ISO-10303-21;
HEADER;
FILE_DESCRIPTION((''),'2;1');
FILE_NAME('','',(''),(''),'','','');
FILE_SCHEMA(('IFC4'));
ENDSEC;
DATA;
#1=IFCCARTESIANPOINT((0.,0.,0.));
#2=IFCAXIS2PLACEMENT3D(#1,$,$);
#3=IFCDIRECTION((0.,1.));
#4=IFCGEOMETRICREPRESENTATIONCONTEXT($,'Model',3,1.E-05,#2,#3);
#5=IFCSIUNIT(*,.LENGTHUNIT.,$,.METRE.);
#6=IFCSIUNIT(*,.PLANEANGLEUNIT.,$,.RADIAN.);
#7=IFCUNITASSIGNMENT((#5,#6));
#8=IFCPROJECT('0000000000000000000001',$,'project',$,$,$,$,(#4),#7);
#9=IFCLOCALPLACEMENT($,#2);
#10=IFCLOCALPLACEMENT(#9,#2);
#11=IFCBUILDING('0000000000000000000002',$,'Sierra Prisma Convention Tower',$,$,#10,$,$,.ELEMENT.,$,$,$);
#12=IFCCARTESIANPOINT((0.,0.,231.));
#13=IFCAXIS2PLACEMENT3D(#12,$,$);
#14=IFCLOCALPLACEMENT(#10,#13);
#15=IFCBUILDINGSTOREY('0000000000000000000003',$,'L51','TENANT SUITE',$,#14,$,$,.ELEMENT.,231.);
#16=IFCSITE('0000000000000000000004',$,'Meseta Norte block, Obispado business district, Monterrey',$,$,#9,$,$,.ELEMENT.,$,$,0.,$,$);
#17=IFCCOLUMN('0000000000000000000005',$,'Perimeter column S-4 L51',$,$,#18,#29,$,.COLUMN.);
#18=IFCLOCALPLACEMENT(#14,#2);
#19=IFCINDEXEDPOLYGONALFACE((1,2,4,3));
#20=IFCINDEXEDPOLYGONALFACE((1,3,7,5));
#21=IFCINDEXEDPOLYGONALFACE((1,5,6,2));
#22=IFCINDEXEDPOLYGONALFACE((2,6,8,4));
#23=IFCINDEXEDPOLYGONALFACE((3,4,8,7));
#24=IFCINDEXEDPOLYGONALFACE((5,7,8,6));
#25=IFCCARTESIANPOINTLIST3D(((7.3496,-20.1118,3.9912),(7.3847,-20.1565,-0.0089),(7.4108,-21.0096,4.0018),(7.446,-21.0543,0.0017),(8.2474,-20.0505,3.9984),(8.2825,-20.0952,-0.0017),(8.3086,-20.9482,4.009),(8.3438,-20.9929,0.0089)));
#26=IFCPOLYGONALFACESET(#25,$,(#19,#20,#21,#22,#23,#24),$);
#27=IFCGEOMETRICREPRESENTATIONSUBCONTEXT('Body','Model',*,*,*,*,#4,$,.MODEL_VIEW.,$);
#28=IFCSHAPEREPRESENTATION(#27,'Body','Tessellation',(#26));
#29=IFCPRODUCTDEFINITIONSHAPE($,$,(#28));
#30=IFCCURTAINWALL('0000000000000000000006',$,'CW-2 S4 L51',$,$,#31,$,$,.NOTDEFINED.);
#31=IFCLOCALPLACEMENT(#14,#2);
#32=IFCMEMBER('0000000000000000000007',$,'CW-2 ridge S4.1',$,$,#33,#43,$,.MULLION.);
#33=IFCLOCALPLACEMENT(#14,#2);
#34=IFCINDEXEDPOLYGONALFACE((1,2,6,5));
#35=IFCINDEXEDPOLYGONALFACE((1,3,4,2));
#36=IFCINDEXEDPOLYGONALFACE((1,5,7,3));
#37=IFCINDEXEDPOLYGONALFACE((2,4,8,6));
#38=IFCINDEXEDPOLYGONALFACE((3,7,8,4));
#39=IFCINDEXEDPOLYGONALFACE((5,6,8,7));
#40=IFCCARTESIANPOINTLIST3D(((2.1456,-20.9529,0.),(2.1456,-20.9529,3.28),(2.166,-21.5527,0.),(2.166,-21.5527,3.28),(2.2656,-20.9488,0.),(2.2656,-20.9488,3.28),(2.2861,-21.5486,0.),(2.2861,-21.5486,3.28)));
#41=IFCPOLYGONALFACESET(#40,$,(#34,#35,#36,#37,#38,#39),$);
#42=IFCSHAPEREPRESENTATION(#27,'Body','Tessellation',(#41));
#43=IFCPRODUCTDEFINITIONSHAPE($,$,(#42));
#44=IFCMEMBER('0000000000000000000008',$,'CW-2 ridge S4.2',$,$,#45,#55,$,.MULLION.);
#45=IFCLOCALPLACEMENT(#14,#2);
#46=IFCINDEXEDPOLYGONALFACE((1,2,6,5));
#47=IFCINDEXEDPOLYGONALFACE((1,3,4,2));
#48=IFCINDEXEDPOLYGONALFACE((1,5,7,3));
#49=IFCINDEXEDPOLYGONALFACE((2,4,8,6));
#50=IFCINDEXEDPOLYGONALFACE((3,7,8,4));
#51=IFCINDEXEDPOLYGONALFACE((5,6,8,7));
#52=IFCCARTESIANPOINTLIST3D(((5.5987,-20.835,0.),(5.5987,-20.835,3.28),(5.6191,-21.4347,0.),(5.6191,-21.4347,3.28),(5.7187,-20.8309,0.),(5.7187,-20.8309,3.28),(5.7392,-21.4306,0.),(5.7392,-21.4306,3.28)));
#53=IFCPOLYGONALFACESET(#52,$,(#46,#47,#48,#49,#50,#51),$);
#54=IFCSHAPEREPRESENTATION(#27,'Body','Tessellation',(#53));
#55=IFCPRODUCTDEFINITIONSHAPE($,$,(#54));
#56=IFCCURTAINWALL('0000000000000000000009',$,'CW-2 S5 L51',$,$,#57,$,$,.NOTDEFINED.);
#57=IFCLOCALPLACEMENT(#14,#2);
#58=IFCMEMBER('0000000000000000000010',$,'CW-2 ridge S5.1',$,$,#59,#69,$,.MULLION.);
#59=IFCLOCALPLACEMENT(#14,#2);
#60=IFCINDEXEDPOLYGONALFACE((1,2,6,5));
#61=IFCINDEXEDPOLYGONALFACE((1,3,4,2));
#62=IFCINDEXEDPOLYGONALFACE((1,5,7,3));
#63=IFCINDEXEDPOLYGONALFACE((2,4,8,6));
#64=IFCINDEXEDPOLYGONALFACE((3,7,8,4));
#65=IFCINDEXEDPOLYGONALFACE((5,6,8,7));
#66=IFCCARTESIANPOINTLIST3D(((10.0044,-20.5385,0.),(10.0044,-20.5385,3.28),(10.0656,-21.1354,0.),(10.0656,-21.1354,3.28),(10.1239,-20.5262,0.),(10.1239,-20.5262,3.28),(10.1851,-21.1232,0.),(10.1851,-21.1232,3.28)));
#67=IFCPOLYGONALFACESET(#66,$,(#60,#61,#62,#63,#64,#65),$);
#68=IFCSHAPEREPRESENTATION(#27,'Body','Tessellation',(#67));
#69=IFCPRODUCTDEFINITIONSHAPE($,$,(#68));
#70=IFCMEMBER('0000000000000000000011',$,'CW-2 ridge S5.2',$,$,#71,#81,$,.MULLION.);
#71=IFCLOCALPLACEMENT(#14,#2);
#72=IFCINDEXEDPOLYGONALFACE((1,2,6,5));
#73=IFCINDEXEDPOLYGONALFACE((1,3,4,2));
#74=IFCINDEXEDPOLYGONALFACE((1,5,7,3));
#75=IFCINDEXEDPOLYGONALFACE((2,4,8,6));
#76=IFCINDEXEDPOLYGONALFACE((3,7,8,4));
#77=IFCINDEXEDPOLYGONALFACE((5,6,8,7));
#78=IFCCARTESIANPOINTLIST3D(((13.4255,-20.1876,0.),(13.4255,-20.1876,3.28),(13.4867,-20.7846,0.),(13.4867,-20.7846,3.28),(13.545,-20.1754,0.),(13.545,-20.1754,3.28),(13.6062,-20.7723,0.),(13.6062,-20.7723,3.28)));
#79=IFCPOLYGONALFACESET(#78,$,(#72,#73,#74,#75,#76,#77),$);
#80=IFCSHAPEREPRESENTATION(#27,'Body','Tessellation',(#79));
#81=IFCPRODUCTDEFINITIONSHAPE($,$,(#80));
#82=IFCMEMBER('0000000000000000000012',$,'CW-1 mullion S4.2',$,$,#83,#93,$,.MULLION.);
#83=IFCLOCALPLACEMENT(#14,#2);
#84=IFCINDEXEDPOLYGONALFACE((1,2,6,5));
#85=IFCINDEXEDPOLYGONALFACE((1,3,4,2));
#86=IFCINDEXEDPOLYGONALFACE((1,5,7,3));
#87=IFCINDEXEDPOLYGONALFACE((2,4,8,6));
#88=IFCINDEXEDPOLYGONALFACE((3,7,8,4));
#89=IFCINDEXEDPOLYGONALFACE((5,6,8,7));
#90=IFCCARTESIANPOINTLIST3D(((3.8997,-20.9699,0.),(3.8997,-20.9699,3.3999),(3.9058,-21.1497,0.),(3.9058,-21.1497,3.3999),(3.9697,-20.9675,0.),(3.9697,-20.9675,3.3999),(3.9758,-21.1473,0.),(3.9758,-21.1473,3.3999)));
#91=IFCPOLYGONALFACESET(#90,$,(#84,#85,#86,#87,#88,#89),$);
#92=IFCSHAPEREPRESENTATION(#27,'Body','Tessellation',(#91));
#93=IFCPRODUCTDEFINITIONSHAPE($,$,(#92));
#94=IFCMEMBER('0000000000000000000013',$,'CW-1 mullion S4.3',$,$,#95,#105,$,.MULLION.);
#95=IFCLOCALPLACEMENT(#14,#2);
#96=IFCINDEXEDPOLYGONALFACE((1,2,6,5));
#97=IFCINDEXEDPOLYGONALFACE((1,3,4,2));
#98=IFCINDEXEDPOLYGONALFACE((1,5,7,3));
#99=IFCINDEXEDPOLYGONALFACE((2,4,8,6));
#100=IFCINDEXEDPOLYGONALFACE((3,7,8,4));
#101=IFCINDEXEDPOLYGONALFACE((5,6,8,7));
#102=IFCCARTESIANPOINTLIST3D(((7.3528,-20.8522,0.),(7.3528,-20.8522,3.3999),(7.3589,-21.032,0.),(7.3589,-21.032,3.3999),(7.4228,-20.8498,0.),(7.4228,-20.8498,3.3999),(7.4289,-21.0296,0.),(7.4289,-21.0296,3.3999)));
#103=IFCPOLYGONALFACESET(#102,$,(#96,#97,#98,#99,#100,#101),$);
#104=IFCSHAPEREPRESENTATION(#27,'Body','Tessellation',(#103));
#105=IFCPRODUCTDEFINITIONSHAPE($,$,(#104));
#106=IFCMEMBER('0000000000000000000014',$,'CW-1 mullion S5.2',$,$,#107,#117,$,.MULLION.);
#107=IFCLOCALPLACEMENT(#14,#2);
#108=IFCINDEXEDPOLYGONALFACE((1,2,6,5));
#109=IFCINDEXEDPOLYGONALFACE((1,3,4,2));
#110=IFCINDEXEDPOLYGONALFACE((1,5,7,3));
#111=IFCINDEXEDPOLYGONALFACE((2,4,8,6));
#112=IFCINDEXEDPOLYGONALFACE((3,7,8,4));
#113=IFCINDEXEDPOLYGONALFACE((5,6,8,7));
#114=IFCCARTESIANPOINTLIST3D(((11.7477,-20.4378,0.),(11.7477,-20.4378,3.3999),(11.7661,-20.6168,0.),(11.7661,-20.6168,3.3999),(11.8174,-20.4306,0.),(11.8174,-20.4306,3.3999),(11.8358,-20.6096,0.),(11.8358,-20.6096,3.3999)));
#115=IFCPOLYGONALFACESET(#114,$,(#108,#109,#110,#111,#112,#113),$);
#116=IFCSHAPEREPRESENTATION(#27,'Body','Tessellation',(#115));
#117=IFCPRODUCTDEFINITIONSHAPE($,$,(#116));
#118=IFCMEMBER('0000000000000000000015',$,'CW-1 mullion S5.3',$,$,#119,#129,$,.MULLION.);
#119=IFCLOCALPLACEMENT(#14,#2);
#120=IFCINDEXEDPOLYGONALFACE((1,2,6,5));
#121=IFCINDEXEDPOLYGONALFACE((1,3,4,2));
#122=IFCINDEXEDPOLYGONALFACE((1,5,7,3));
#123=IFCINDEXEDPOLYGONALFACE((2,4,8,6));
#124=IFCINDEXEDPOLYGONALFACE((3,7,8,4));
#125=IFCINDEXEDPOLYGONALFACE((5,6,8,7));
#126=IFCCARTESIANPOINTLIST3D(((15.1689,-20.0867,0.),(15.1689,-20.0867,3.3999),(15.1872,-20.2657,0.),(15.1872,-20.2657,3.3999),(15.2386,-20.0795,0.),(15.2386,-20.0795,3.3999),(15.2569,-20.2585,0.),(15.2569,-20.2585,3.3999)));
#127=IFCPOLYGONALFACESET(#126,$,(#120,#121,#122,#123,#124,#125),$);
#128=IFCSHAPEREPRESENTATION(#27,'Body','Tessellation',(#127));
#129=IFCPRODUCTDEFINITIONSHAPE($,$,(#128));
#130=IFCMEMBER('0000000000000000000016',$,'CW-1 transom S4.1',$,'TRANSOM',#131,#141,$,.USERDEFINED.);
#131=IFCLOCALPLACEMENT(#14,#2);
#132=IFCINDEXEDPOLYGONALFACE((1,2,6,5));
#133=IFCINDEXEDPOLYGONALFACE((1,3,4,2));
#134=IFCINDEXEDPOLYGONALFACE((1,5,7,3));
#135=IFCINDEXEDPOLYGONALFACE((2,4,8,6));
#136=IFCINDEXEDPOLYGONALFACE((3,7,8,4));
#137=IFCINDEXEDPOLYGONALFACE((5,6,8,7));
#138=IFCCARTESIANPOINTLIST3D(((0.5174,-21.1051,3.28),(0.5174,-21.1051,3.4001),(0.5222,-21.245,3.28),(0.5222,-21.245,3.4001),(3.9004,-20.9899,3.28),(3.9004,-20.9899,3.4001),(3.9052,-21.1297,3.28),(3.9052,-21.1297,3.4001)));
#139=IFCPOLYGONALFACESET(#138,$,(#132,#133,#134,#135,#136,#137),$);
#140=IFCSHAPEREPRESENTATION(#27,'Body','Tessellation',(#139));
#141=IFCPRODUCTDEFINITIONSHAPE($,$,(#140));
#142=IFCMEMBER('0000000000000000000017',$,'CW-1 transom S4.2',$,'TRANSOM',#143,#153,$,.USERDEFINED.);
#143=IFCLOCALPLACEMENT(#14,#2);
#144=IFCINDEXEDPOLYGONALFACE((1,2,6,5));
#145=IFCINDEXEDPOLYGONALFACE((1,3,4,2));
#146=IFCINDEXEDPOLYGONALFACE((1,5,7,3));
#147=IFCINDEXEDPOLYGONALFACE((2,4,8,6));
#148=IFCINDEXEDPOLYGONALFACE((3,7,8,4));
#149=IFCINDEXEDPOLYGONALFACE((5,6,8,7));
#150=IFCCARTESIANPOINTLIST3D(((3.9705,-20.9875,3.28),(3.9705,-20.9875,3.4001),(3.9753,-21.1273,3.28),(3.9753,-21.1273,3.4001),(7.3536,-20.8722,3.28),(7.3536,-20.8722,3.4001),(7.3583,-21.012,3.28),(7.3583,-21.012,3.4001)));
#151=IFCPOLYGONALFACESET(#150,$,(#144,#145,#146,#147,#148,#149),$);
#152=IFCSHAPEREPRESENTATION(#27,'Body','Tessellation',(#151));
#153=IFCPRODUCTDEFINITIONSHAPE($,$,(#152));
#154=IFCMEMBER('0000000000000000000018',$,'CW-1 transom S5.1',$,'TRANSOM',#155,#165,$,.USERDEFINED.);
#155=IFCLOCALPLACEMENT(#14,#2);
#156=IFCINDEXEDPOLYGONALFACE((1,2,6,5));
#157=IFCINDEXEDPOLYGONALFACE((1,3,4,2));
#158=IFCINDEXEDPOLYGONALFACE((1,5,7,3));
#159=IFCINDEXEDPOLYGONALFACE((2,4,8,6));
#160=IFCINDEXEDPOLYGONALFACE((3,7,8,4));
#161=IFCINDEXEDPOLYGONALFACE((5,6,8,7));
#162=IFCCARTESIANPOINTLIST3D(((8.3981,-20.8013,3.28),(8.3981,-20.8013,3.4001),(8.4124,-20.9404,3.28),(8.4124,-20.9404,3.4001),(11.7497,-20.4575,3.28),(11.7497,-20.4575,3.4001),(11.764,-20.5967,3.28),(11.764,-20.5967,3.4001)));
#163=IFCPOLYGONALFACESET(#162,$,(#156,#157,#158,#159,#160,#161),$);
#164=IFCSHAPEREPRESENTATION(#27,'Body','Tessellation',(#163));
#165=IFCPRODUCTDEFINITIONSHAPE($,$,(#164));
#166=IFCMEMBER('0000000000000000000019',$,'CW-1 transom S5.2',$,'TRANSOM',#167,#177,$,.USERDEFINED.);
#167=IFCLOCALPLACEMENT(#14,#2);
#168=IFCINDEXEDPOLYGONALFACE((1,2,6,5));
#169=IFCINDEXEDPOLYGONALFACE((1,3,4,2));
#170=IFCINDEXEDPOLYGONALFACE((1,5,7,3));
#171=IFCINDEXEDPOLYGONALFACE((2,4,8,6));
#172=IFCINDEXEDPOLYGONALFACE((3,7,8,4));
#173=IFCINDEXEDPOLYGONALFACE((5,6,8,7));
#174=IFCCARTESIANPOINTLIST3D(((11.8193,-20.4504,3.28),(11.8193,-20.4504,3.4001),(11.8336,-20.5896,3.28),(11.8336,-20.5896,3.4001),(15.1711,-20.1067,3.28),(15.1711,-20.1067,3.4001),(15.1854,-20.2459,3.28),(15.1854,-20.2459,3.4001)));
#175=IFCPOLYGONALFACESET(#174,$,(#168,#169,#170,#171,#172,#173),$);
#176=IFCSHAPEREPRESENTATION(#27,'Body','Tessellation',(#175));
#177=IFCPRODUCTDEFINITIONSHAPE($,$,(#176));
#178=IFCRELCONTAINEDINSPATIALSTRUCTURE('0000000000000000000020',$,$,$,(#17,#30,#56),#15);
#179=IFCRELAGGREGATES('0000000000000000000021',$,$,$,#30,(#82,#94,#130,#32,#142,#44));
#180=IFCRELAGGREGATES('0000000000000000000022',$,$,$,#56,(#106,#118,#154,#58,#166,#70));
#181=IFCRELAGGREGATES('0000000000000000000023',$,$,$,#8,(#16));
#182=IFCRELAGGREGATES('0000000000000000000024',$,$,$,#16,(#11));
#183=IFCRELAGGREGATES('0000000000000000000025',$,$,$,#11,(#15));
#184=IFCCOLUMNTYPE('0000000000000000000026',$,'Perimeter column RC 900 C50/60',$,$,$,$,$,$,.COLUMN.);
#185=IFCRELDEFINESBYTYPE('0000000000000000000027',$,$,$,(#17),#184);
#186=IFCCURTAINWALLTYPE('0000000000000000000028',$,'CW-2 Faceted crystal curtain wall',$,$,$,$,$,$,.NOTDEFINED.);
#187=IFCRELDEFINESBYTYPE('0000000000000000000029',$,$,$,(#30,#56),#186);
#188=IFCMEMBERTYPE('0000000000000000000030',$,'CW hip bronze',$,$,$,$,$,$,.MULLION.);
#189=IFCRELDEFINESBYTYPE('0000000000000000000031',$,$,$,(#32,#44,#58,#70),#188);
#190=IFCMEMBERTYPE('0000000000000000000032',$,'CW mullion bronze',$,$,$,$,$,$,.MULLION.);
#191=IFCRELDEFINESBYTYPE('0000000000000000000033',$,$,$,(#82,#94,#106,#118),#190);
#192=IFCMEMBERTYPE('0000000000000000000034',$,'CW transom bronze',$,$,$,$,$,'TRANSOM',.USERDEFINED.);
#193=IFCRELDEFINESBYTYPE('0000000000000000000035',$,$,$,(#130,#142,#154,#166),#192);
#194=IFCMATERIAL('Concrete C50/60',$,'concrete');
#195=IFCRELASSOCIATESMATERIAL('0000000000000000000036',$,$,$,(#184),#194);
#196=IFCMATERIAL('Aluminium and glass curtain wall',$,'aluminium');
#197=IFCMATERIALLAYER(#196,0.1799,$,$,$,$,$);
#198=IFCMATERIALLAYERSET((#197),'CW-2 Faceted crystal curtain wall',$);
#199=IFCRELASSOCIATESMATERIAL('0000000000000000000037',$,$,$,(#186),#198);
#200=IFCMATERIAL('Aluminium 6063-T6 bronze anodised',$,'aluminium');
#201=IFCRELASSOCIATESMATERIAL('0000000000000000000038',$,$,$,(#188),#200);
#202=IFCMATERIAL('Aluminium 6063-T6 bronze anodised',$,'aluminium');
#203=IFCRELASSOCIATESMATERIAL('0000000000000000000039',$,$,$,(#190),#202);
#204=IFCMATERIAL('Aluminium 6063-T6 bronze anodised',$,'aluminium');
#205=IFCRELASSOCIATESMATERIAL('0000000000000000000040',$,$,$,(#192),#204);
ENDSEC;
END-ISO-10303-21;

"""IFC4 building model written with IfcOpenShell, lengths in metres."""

from ifc_helpers import new_model, si_unit, direction, frame, origin, origin_2d, place, context, subcontext, project, spatial, rectangle, extrude, material, layer, layer_set, material_profile, profile_set, type_object, element, aggregate, save


model = new_model("IFC4")

# Units and contexts
model_context = context("Model", 3, precision=1e-05, world=origin(), true_north=direction((0.0, 1.0)))
body_context = subcontext(model_context, "Body", "Model", "MODEL_VIEW")
ifc_project = project(units=[si_unit("LENGTHUNIT", "METRE"), si_unit("PLANEANGLEUNIT", "RADIAN")], contexts=[model_context])

# Site, building, storey
site_placement = place(None, origin())
site = spatial("IfcSite", under=ifc_project, at=site_placement, Name="Meseta Norte block, Obispado business district, Monterrey", CompositionType="ELEMENT", RefElevation=0.0)
building_placement = place(site_placement, origin())
building = spatial("IfcBuilding", under=site, at=building_placement, Name="Sierra Prisma Convention Tower", CompositionType="ELEMENT")
storey_placement = place(building_placement, frame((0.0, 0.0, 231.0)))
storey = spatial("IfcBuildingStorey", under=building, at=storey_placement, Name="L51", Description="TENANT SUITE", CompositionType="ELEMENT", Elevation=231.0)

# Column
ifc_material_1 = material(Name="Concrete C50/60", Category="concrete")
ifc_material_profile_1 = material_profile(ifc_material_1, rectangle(XDim=0.8999, YDim=0.8999, at=origin_2d()), Name="Perimeter column RC 900 C50/60")
ifc_profile_set_1 = profile_set([ifc_material_profile_1], Name="Concrete C50/60")
column_type = type_object("IfcColumnType", Name="Perimeter column RC 900 C50/60", PredefinedType="COLUMN", material=ifc_profile_set_1)
column_placement = place(storey_placement, frame((7.8643, -20.5747, 0.0), z_axis=(-0.008788, 0.011168, 0.999899), x_axis=(0.997641, 0.068186, 0.008007)))
element("IfcColumn", 1, at=column_placement, inside=storey, type_object=column_type, Name="Perimeter column S-4 L51", PredefinedType="COLUMN", context=body_context, shape_type="SweptSolid", body=[
    extrude(rectangle(XDim=0.8999, YDim=0.8999, at=origin_2d()), origin(), (0.0, 0.0, 1.0), 4.0005),
])

# Curtain walls, members
ifc_material_2 = material(Name="Aluminium and glass curtain wall", Category="aluminium")
ifc_layer_1 = layer(ifc_material_2, 0.1799)
ifc_layer_set_1 = layer_set([ifc_layer_1], Name="CW-2 Faceted crystal curtain wall")
curtain_wall_type = type_object("IfcCurtainWallType", Name="CW-2 Faceted crystal curtain wall", PredefinedType="NOTDEFINED", material=ifc_layer_set_1)
curtain_wall_1_placement = place(storey_placement, origin())
curtain_wall_1 = element("IfcCurtainWall", 2, at=curtain_wall_1_placement, inside=storey, type_object=curtain_wall_type, Name="CW-2 S4 L51", PredefinedType="NOTDEFINED")
ifc_material_3 = material(Name="Aluminium 6063-T6 bronze anodised", Category="aluminium")
ifc_material_profile_2 = material_profile(ifc_material_3, rectangle(XDim=0.1201, YDim=0.6001, at=origin_2d()), Name="ALU RIDGE BLADE 120x600")
ifc_profile_set_2 = profile_set([ifc_material_profile_2], Name="Aluminium 6063-T6 bronze anodised")
member_type_1 = type_object("IfcMemberType", Name="CW hip bronze", PredefinedType="MULLION", material=ifc_profile_set_2)
member_1_placement = place(storey_placement, frame((2.2158, -21.2507, 0.0), z_axis=(0.0, 0.0, 1.0), x_axis=(0.99942, 0.034065, 0.0)))
member_1 = element("IfcMember", 3, at=member_1_placement, type_object=member_type_1, Name="CW-2 ridge S4.1", PredefinedType="MULLION", context=body_context, shape_type="SweptSolid", body=[
    extrude(rectangle(XDim=0.1201, YDim=0.6001, at=origin_2d()), origin(), (0.0, 0.0, 1.0), 3.28),
])
member_2_placement = place(storey_placement, frame((5.6689, -21.1328, 0.0), z_axis=(0.0, 0.0, 1.0), x_axis=(0.99942, 0.034065, 0.0)))
member_2 = element("IfcMember", 4, at=member_2_placement, type_object=member_type_1, Name="CW-2 ridge S4.2", PredefinedType="MULLION", context=body_context, shape_type="SweptSolid", body=[
    extrude(rectangle(XDim=0.1201, YDim=0.6001, at=origin_2d()), origin(), (0.0, 0.0, 1.0), 3.28),
])
curtain_wall_2_placement = place(storey_placement, origin())
curtain_wall_2 = element("IfcCurtainWall", 5, at=curtain_wall_2_placement, inside=storey, type_object=curtain_wall_type, Name="CW-2 S5 L51", PredefinedType="NOTDEFINED")
member_3_placement = place(storey_placement, frame((10.0947, -20.8308, 0.0), z_axis=(0.0, 0.0, 1.0), x_axis=(0.994781, 0.102038, 0.0)))
member_3 = element("IfcMember", 6, at=member_3_placement, type_object=member_type_1, Name="CW-2 ridge S5.1", PredefinedType="MULLION", context=body_context, shape_type="SweptSolid", body=[
    extrude(rectangle(XDim=0.1201, YDim=0.6001, at=origin_2d()), origin(), (0.0, 0.0, 1.0), 3.28),
])
member_4_placement = place(storey_placement, frame((13.5159, -20.48, 0.0), z_axis=(0.0, 0.0, 1.0), x_axis=(0.994781, 0.102038, 0.0)))
member_4 = element("IfcMember", 7, at=member_4_placement, type_object=member_type_1, Name="CW-2 ridge S5.2", PredefinedType="MULLION", context=body_context, shape_type="SweptSolid", body=[
    extrude(rectangle(XDim=0.1201, YDim=0.6001, at=origin_2d()), origin(), (0.0, 0.0, 1.0), 3.28),
])

# Members
ifc_material_4 = material(Name="Aluminium 6063-T6 bronze anodised", Category="aluminium")
ifc_material_profile_3 = material_profile(ifc_material_4, rectangle(XDim=0.1799, YDim=0.0701, at=origin_2d()), Name="ALU MULLION 70x180")
ifc_profile_set_3 = profile_set([ifc_material_profile_3], Name="Aluminium 6063-T6 bronze anodised")
member_type_2 = type_object("IfcMemberType", Name="CW mullion bronze", PredefinedType="MULLION", material=ifc_profile_set_3)
member_5_placement = place(storey_placement, frame((3.9377, -21.0586, 0.0), z_axis=(0.0, 0.0, 1.0), x_axis=(-0.034065, 0.99942, 0.0)))
member_5 = element("IfcMember", 8, at=member_5_placement, type_object=member_type_2, Name="CW-1 mullion S4.2", PredefinedType="MULLION", context=body_context, shape_type="SweptSolid", body=[
    extrude(rectangle(XDim=0.1799, YDim=0.0701, at=origin_2d()), origin(), (0.0, 0.0, 1.0), 3.3999),
])
member_6_placement = place(storey_placement, frame((7.3909, -20.9409, 0.0), z_axis=(0.0, 0.0, 1.0), x_axis=(-0.034065, 0.99942, 0.0)))
member_6 = element("IfcMember", 9, at=member_6_placement, type_object=member_type_2, Name="CW-1 mullion S4.3", PredefinedType="MULLION", context=body_context, shape_type="SweptSolid", body=[
    extrude(rectangle(XDim=0.1799, YDim=0.0701, at=origin_2d()), origin(), (0.0, 0.0, 1.0), 3.3999),
])
member_7_placement = place(storey_placement, frame((11.7917, -20.5237, 0.0), z_axis=(0.0, 0.0, 1.0), x_axis=(-0.102038, 0.994781, 0.0)))
member_7 = element("IfcMember", 10, at=member_7_placement, type_object=member_type_2, Name="CW-1 mullion S5.2", PredefinedType="MULLION", context=body_context, shape_type="SweptSolid", body=[
    extrude(rectangle(XDim=0.1799, YDim=0.0701, at=origin_2d()), origin(), (0.0, 0.0, 1.0), 3.3999),
])
member_8_placement = place(storey_placement, frame((15.2129, -20.1726, 0.0), z_axis=(0.0, 0.0, 1.0), x_axis=(-0.102038, 0.994781, 0.0)))
member_8 = element("IfcMember", 11, at=member_8_placement, type_object=member_type_2, Name="CW-1 mullion S5.3", PredefinedType="MULLION", context=body_context, shape_type="SweptSolid", body=[
    extrude(rectangle(XDim=0.1799, YDim=0.0701, at=origin_2d()), origin(), (0.0, 0.0, 1.0), 3.3999),
])
ifc_material_5 = material(Name="Aluminium 6063-T6 bronze anodised", Category="aluminium")
ifc_material_profile_4 = material_profile(ifc_material_5, rectangle(XDim=0.1399, YDim=0.1201, at=origin_2d()), Name="ALU TRANSOM 120x140")
ifc_profile_set_4 = profile_set([ifc_material_profile_4], Name="Aluminium 6063-T6 bronze anodised")
member_type_3 = type_object("IfcMemberType", Name="CW transom bronze", ElementType="TRANSOM", PredefinedType="USERDEFINED", material=ifc_profile_set_4)
member_9_placement = place(storey_placement, frame((0.5198, -21.175, 3.3401), z_axis=(0.99942, 0.034042, 0.0), x_axis=(-0.034042, 0.99942, 0.0)))
member_9 = element("IfcMember", 12, at=member_9_placement, type_object=member_type_3, Name="CW-1 transom S4.1", ObjectType="TRANSOM", PredefinedType="USERDEFINED", context=body_context, shape_type="SweptSolid", body=[
    extrude(rectangle(XDim=0.1399, YDim=0.1201, at=origin_2d()), origin(), (0.0, 0.0, 1.0), 3.385),
])
member_10_placement = place(storey_placement, frame((3.9729, -21.0574, 3.3401), z_axis=(0.99942, 0.034042, 0.0), x_axis=(-0.034042, 0.99942, 0.0)))
member_10 = element("IfcMember", 13, at=member_10_placement, type_object=member_type_3, Name="CW-1 transom S4.2", ObjectType="TRANSOM", PredefinedType="USERDEFINED", context=body_context, shape_type="SweptSolid", body=[
    extrude(rectangle(XDim=0.1399, YDim=0.1201, at=origin_2d()), origin(), (0.0, 0.0, 1.0), 3.385),
])
member_11_placement = place(storey_placement, frame((8.4053, -20.8708, 3.3401), z_axis=(0.994781, 0.102029, 0.0), x_axis=(-0.102029, 0.994781, 0.0)))
member_11 = element("IfcMember", 14, at=member_11_placement, type_object=member_type_3, Name="CW-1 transom S5.1", ObjectType="TRANSOM", PredefinedType="USERDEFINED", context=body_context, shape_type="SweptSolid", body=[
    extrude(rectangle(XDim=0.1399, YDim=0.1201, at=origin_2d()), origin(), (0.0, 0.0, 1.0), 3.3691),
])
member_12_placement = place(storey_placement, frame((11.8264, -20.52, 3.3401), z_axis=(0.994782, 0.102022, 0.0), x_axis=(-0.102022, 0.994782, 0.0)))
member_12 = element("IfcMember", 15, at=member_12_placement, type_object=member_type_3, Name="CW-1 transom S5.2", ObjectType="TRANSOM", PredefinedType="USERDEFINED", context=body_context, shape_type="SweptSolid", body=[
    extrude(rectangle(XDim=0.1399, YDim=0.1201, at=origin_2d()), origin(), (0.0, 0.0, 1.0), 3.3694),
])

aggregate(curtain_wall_1, [member_5, member_6, member_9, member_1, member_10, member_2])
aggregate(curtain_wall_2, [member_7, member_8, member_11, member_3, member_12, member_4])

save(model, "model.ifc")
